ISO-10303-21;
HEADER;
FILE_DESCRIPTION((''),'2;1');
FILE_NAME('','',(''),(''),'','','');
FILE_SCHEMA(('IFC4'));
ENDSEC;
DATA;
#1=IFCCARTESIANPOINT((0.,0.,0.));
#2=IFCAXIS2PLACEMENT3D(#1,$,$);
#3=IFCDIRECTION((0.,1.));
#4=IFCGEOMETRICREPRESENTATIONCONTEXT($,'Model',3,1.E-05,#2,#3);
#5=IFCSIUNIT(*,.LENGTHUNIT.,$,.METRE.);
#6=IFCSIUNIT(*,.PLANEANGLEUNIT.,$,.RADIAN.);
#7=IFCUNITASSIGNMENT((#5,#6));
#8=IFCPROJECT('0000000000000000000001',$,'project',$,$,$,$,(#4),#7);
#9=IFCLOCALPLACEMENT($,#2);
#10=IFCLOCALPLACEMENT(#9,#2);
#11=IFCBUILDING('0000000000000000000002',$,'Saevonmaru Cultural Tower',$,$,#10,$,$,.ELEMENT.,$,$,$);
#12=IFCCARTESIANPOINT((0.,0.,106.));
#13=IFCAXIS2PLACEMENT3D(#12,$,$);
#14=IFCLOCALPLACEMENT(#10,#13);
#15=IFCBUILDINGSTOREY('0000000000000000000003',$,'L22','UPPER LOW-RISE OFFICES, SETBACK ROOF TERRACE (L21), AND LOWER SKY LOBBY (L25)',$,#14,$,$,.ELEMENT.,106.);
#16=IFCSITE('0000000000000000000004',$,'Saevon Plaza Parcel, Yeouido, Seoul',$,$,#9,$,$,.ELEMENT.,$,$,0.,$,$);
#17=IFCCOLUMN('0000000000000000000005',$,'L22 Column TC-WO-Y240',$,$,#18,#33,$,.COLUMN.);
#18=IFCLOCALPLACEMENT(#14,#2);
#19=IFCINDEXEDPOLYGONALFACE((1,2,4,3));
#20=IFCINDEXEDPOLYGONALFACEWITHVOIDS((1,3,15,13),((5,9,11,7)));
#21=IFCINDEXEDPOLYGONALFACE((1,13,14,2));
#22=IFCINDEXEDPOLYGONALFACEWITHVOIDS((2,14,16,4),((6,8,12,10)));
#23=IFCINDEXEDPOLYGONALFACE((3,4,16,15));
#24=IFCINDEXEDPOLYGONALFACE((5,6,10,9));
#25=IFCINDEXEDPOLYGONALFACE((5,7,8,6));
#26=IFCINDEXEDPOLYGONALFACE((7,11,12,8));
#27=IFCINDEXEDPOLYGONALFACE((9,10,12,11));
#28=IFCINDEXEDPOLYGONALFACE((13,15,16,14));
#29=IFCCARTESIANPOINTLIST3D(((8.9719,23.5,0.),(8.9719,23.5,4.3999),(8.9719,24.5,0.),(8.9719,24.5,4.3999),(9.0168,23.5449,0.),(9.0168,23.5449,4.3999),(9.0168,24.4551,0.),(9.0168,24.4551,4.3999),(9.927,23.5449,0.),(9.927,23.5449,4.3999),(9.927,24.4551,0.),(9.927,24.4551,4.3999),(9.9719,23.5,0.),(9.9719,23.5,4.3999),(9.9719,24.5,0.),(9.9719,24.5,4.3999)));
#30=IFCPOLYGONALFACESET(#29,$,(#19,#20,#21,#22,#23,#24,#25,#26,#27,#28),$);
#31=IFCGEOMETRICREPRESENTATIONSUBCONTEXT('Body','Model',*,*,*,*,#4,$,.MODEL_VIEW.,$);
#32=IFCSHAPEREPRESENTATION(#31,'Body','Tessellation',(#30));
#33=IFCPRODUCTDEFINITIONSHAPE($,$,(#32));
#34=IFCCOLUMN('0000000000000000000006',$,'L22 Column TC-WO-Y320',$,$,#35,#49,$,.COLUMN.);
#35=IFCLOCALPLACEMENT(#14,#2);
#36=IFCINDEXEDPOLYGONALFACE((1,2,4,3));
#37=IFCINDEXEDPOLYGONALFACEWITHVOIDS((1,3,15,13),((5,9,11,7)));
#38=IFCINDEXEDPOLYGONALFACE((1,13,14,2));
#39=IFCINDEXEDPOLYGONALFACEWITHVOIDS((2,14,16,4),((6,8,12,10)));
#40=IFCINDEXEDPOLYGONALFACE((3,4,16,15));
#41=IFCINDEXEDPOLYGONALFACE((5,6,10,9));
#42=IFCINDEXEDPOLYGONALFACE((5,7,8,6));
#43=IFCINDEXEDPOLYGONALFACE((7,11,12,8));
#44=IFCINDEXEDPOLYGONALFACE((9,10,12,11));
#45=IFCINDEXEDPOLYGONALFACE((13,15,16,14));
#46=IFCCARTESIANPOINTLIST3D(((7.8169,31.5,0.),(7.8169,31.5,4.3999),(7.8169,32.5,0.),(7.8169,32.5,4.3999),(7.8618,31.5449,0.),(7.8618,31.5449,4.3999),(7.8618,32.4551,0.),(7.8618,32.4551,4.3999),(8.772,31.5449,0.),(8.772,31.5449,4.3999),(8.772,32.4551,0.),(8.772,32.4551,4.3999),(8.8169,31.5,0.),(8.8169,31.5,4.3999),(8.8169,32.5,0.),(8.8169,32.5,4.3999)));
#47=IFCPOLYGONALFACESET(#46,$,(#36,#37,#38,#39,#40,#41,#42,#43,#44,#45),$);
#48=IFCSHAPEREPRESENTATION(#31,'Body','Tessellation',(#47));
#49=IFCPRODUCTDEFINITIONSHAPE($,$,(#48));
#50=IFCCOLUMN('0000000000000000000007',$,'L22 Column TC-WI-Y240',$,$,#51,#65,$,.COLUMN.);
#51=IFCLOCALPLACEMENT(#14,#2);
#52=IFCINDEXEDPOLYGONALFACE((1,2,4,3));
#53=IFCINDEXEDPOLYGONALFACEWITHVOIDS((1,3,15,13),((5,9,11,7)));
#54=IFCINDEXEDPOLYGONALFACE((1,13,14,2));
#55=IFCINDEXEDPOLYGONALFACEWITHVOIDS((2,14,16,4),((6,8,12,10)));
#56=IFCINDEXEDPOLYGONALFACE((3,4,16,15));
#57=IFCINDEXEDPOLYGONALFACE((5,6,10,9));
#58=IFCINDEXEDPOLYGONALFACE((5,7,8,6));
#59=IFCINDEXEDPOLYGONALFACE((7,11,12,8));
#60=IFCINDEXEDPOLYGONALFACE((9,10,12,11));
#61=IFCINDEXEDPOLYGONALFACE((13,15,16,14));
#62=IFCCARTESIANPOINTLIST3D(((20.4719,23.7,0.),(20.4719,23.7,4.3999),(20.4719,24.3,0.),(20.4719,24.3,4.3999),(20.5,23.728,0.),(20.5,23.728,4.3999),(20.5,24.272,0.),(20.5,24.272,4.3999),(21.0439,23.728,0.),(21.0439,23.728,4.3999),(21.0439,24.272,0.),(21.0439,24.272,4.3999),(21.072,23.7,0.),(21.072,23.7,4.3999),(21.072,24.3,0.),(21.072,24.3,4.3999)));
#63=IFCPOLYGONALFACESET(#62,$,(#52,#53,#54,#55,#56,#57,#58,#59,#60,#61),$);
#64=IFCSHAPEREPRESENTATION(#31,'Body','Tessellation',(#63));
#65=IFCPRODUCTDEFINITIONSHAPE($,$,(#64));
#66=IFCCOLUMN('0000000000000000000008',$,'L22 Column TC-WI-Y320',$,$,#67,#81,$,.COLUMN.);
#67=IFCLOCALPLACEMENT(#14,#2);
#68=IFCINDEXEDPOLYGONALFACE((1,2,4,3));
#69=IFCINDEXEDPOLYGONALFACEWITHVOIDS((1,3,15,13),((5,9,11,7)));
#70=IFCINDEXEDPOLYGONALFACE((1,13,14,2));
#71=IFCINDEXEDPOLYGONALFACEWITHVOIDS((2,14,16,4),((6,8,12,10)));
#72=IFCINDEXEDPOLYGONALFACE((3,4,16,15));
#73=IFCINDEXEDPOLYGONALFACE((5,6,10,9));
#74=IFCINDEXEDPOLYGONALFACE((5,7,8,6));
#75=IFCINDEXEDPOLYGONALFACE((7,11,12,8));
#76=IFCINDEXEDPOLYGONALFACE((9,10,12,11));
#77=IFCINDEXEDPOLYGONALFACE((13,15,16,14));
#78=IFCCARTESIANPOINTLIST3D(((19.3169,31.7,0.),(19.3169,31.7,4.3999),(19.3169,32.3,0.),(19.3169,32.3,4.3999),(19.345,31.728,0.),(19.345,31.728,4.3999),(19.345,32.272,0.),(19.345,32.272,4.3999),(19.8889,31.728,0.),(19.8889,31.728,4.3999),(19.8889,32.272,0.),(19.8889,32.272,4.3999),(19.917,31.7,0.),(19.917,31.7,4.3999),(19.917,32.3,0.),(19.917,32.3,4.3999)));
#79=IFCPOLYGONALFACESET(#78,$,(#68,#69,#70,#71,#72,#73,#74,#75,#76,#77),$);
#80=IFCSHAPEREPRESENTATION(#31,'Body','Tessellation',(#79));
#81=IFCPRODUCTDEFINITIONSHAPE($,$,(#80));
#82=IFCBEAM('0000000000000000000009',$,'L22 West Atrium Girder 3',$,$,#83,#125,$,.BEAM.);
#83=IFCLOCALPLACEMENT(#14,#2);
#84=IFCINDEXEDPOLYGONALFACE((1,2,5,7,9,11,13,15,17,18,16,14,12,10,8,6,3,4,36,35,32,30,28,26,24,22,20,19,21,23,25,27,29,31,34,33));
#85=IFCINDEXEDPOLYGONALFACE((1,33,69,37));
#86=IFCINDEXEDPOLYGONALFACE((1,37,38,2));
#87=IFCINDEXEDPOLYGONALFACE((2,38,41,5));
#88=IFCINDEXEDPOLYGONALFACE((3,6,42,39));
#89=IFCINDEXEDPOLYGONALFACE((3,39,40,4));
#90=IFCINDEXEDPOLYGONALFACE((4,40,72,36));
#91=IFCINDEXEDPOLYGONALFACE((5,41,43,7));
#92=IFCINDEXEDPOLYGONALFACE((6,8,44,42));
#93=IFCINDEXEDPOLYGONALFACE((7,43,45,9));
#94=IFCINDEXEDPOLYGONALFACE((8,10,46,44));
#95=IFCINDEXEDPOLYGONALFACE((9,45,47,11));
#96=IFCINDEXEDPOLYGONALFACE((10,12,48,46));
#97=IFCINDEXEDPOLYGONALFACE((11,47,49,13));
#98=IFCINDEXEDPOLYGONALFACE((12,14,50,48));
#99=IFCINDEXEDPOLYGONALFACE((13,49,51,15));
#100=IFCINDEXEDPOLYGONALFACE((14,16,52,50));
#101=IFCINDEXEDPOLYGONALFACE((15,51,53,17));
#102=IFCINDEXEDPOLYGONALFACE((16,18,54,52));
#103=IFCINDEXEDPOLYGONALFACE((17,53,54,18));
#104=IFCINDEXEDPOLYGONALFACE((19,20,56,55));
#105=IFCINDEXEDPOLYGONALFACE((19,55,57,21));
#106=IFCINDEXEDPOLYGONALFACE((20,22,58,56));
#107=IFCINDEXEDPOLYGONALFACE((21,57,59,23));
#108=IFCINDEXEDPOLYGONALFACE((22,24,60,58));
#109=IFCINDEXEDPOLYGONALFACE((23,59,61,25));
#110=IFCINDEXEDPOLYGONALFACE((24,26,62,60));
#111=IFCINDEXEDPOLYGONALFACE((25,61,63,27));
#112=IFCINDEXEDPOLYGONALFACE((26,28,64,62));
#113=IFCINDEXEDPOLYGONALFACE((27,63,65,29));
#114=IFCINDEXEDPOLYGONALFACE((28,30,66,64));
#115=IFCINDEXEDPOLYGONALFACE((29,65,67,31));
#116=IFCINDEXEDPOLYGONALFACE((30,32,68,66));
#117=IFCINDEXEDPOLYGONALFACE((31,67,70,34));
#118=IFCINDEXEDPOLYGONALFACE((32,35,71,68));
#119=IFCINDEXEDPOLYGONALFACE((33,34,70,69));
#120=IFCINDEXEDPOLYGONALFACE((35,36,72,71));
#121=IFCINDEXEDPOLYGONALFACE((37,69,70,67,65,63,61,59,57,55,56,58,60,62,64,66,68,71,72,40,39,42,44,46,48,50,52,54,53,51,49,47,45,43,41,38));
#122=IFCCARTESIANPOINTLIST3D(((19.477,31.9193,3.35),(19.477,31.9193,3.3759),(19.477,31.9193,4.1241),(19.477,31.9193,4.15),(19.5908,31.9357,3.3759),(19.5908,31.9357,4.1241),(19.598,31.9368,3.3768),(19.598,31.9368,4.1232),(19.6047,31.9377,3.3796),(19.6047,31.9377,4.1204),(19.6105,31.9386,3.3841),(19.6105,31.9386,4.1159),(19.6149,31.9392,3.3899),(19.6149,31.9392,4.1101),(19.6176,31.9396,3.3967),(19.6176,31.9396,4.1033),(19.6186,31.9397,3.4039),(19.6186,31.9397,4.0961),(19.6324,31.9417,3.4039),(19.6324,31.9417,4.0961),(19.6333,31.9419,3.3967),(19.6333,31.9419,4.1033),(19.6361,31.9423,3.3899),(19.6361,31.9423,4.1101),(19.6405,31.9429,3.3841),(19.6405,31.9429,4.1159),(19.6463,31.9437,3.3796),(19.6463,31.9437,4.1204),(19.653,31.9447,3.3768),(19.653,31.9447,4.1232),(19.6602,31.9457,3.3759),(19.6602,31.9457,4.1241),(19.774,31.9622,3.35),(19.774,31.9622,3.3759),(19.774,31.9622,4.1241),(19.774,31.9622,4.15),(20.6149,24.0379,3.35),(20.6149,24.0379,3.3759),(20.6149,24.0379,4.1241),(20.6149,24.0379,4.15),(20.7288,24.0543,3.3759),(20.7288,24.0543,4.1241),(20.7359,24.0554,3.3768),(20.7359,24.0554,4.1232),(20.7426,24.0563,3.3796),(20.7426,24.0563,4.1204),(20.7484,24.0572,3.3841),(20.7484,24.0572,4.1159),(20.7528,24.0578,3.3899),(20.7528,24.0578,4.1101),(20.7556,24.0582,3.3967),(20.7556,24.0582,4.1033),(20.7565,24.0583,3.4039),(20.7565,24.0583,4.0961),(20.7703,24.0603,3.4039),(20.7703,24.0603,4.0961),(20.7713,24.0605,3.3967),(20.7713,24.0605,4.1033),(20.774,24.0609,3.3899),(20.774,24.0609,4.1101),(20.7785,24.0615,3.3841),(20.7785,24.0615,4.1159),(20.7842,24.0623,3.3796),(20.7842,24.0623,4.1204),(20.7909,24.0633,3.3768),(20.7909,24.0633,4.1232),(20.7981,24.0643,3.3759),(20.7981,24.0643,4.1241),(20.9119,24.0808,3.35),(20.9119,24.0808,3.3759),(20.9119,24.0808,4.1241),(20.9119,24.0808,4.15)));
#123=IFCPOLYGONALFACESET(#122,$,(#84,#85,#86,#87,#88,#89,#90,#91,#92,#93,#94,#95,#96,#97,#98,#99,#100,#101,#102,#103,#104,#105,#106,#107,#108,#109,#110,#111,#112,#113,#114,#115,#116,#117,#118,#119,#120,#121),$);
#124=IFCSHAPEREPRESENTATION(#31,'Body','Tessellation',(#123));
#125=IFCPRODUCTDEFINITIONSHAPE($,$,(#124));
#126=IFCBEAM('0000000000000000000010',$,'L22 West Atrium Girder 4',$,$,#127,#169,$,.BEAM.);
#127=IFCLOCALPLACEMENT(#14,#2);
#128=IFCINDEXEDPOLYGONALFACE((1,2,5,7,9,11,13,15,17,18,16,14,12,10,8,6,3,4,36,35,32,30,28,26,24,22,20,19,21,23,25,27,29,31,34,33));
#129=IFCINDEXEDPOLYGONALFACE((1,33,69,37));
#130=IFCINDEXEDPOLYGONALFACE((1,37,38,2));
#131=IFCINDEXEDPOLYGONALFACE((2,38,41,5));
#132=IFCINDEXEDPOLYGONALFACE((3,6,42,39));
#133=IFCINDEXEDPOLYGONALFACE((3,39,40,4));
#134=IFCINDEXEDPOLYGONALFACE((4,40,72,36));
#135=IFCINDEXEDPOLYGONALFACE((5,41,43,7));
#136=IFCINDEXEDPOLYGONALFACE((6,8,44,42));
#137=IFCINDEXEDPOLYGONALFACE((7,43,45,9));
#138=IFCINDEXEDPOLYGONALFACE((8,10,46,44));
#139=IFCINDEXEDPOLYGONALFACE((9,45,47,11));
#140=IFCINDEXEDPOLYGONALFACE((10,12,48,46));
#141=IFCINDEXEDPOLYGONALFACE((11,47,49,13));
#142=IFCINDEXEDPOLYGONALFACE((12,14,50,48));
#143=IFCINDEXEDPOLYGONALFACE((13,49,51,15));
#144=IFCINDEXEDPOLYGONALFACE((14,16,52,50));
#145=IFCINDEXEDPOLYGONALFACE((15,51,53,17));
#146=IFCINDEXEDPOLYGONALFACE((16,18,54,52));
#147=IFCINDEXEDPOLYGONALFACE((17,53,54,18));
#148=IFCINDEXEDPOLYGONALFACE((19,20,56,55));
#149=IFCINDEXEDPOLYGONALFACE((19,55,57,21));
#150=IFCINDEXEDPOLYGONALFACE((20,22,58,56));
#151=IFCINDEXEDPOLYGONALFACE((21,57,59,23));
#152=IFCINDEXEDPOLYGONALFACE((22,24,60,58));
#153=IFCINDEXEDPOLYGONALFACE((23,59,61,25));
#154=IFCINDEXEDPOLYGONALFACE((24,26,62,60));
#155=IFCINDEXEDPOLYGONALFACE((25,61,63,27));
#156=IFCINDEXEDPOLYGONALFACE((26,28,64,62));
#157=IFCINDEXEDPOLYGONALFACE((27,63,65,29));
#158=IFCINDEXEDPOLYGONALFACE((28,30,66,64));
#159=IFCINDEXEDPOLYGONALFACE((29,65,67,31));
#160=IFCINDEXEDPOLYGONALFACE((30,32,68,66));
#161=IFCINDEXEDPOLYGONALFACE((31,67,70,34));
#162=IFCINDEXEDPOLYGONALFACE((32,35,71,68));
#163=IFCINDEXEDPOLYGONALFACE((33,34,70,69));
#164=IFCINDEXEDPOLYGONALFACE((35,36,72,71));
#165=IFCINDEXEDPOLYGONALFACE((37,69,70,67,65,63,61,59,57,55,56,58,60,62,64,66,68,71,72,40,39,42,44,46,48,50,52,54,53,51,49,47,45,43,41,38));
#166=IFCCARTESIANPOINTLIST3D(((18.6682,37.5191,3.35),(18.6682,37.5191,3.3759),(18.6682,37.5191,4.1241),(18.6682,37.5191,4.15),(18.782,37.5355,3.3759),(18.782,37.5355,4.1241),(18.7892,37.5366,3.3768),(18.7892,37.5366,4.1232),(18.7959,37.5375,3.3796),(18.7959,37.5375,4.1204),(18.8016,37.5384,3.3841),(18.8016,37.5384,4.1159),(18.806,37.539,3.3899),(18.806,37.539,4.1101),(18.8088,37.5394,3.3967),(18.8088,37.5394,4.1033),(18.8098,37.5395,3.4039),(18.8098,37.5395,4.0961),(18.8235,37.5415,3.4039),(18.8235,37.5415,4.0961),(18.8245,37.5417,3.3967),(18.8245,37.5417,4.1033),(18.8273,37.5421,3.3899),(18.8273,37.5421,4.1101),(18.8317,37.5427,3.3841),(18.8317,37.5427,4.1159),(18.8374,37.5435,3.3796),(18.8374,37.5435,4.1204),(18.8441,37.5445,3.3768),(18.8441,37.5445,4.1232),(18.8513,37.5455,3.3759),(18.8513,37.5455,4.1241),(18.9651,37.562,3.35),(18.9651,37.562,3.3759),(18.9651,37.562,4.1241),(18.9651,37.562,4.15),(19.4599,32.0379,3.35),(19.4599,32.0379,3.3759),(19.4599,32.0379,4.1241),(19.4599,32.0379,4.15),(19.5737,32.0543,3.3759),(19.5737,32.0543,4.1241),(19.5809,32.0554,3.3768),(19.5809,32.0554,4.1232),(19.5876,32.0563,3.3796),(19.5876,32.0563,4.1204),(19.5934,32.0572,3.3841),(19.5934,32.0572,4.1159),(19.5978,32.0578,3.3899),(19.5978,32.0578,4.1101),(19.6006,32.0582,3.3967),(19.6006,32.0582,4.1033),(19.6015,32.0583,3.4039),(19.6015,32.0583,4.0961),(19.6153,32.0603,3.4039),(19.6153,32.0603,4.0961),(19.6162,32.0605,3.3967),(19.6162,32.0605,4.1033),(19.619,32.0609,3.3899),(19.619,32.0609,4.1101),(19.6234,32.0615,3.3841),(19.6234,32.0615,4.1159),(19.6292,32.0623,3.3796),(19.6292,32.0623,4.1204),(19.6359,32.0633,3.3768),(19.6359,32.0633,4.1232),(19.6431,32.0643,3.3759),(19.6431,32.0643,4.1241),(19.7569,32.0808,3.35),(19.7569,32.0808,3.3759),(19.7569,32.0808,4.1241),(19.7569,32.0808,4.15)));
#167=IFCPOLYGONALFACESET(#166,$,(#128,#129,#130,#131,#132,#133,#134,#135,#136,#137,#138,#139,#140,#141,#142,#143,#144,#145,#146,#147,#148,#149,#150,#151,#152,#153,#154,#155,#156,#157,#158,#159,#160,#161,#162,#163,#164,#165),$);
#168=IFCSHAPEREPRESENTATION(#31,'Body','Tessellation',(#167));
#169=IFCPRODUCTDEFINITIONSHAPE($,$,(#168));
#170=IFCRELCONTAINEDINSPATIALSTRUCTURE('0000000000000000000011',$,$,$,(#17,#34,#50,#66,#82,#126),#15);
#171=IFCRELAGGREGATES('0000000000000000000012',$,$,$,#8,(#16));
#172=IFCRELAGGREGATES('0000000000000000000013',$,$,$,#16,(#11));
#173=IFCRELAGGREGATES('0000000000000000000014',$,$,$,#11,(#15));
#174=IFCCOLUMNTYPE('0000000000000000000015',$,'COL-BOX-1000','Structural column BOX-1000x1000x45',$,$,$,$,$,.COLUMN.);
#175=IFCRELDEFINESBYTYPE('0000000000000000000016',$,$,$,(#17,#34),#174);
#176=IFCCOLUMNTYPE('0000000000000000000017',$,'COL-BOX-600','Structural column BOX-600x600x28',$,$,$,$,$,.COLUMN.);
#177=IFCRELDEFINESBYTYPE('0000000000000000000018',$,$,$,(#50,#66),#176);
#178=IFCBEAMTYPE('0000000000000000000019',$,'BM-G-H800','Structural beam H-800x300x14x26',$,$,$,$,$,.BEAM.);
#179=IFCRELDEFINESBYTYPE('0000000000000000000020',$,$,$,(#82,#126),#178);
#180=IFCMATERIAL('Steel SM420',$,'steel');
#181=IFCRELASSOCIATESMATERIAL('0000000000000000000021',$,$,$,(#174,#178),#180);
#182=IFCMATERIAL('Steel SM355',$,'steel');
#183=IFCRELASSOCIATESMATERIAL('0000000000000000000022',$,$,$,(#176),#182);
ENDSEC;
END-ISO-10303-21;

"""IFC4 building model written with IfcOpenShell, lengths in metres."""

from ifc_helpers import new_model, si_unit, direction, frame, origin, origin_2d, place, context, subcontext, project, spatial, hollow_rectangle, i_section, extrude, material, material_profile, profile_set, type_object, element, save


model = new_model("IFC4")

# Units and contexts
model_context = context("Model", 3, precision=1e-05, world=origin(), true_north=direction((0.0, 1.0)))
body_context = subcontext(model_context, "Body", "Model", "MODEL_VIEW")
ifc_project = project(units=[si_unit("LENGTHUNIT", "METRE"), si_unit("PLANEANGLEUNIT", "RADIAN")], contexts=[model_context])

# Site, building, storey
site_placement = place(None, origin())
site = spatial("IfcSite", under=ifc_project, at=site_placement, Name="Saevon Plaza Parcel, Yeouido, Seoul", CompositionType="ELEMENT", RefElevation=0.0)
building_placement = place(site_placement, origin())
building = spatial("IfcBuilding", under=site, at=building_placement, Name="Saevonmaru Cultural Tower", CompositionType="ELEMENT")
storey_placement = place(building_placement, frame((0.0, 0.0, 106.0)))
storey = spatial("IfcBuildingStorey", under=building, at=storey_placement, Name="L22", Description="UPPER LOW-RISE OFFICES, SETBACK ROOF TERRACE (L21), AND LOWER SKY LOBBY (L25)", CompositionType="ELEMENT", Elevation=106.0)

# Columns
ifc_material_1 = material(Name="Steel SM420", Category="steel")
ifc_material_profile_1 = material_profile(ifc_material_1, hollow_rectangle(XDim=1.0, YDim=1.0, WallThickness=0.0449, at=origin_2d()), Name="BOX-1000x1000x45")
ifc_profile_set_1 = profile_set([ifc_material_profile_1], Name="Steel SM420")
column_type_1 = type_object("IfcColumnType", Name="COL-BOX-1000", Description="Structural column BOX-1000x1000x45", PredefinedType="COLUMN", material=ifc_profile_set_1)
for number, where, z_axis, x_axis, name in (
    (1, (9.4719, 24.0, 0.0), (0.0, 0.0, 1.0), (1.0, 0.0, 0.0), "L22 Column TC-WO-Y240"),
    (2, (8.3169, 32.0, 0.0), (0.0, 0.0, 1.0), (1.0, 0.0, 0.0), "L22 Column TC-WO-Y320"),
):
    element("IfcColumn", number, at=place(storey_placement, frame(where, z_axis=z_axis, x_axis=x_axis)), inside=storey, type_object=column_type_1, Name=name, PredefinedType="COLUMN", context=body_context, shape_type="SweptSolid", body=[
        extrude(hollow_rectangle(XDim=1.0, YDim=1.0, WallThickness=0.0449, at=origin_2d()), origin(), (0.0, 0.0, 1.0), 4.3999),
    ])
ifc_material_2 = material(Name="Steel SM355", Category="steel")
ifc_material_profile_2 = material_profile(ifc_material_2, hollow_rectangle(XDim=0.6001, YDim=0.6001, WallThickness=0.0281, at=origin_2d()), Name="BOX-600x600x28")
ifc_profile_set_2 = profile_set([ifc_material_profile_2], Name="Steel SM355")
column_type_2 = type_object("IfcColumnType", Name="COL-BOX-600", Description="Structural column BOX-600x600x28", PredefinedType="COLUMN", material=ifc_profile_set_2)
for number, where, z_axis, x_axis, name in (
    (3, (20.772, 24.0, 0.0), (0.0, 0.0, 1.0), (1.0, 0.0, 0.0), "L22 Column TC-WI-Y240"),
    (4, (19.6169, 32.0, 0.0), (0.0, 0.0, 1.0), (1.0, 0.0, 0.0), "L22 Column TC-WI-Y320"),
):
    element("IfcColumn", number, at=place(storey_placement, frame(where, z_axis=z_axis, x_axis=x_axis)), inside=storey, type_object=column_type_2, Name=name, PredefinedType="COLUMN", context=body_context, shape_type="SweptSolid", body=[
        extrude(hollow_rectangle(XDim=0.6001, YDim=0.6001, WallThickness=0.0281, at=origin_2d()), origin(), (0.0, 0.0, 1.0), 4.3999),
    ])

# Beams
ifc_material_profile_3 = material_profile(ifc_material_1, i_section(OverallWidth=0.3, OverallDepth=0.8, WebThickness=0.0139, FlangeThickness=0.0259, FilletRadius=0.0281, at=origin_2d()), Name="H-800x300x14x26")
ifc_profile_set_3 = profile_set([ifc_material_profile_3], Name="Steel SM420")
beam_type_1 = type_object("IfcBeamType", Name="BM-G-H800", Description="Structural beam H-800x300x14x26", PredefinedType="BEAM", material=ifc_profile_set_3)
beam_1_placement = place(storey_placement, frame((20.7634, 24.0593, 3.75), z_axis=(-0.142902, 0.989737, 0.0), x_axis=(-0.989737, -0.142902, 0.0)))
element("IfcBeam", 5, at=beam_1_placement, inside=storey, type_object=beam_type_1, Name="L22 West Atrium Girder 3", PredefinedType="BEAM", context=body_context, shape_type="SweptSolid", body=[
    extrude(i_section(OverallWidth=0.3, OverallDepth=0.8, WebThickness=0.0139, FlangeThickness=0.0259, FilletRadius=0.0281, at=origin_2d()), origin(), (0.0, 0.0, 1.0), 7.9631),
])
beam_2_placement = place(storey_placement, frame((19.6084, 32.0593, 3.75), z_axis=(-0.142964, 0.989728, 0.0), x_axis=(-0.989728, -0.142964, 0.0)))
element("IfcBeam", 6, at=beam_2_placement, inside=storey, type_object=beam_type_1, Name="L22 West Atrium Girder 4", PredefinedType="BEAM", context=body_context, shape_type="SweptSolid", body=[
    extrude(i_section(OverallWidth=0.3, OverallDepth=0.8, WebThickness=0.0139, FlangeThickness=0.0259, FilletRadius=0.0281, at=origin_2d()), origin(), (0.0, 0.0, 1.0), 5.5381),
])

save(model, "model.ifc")
